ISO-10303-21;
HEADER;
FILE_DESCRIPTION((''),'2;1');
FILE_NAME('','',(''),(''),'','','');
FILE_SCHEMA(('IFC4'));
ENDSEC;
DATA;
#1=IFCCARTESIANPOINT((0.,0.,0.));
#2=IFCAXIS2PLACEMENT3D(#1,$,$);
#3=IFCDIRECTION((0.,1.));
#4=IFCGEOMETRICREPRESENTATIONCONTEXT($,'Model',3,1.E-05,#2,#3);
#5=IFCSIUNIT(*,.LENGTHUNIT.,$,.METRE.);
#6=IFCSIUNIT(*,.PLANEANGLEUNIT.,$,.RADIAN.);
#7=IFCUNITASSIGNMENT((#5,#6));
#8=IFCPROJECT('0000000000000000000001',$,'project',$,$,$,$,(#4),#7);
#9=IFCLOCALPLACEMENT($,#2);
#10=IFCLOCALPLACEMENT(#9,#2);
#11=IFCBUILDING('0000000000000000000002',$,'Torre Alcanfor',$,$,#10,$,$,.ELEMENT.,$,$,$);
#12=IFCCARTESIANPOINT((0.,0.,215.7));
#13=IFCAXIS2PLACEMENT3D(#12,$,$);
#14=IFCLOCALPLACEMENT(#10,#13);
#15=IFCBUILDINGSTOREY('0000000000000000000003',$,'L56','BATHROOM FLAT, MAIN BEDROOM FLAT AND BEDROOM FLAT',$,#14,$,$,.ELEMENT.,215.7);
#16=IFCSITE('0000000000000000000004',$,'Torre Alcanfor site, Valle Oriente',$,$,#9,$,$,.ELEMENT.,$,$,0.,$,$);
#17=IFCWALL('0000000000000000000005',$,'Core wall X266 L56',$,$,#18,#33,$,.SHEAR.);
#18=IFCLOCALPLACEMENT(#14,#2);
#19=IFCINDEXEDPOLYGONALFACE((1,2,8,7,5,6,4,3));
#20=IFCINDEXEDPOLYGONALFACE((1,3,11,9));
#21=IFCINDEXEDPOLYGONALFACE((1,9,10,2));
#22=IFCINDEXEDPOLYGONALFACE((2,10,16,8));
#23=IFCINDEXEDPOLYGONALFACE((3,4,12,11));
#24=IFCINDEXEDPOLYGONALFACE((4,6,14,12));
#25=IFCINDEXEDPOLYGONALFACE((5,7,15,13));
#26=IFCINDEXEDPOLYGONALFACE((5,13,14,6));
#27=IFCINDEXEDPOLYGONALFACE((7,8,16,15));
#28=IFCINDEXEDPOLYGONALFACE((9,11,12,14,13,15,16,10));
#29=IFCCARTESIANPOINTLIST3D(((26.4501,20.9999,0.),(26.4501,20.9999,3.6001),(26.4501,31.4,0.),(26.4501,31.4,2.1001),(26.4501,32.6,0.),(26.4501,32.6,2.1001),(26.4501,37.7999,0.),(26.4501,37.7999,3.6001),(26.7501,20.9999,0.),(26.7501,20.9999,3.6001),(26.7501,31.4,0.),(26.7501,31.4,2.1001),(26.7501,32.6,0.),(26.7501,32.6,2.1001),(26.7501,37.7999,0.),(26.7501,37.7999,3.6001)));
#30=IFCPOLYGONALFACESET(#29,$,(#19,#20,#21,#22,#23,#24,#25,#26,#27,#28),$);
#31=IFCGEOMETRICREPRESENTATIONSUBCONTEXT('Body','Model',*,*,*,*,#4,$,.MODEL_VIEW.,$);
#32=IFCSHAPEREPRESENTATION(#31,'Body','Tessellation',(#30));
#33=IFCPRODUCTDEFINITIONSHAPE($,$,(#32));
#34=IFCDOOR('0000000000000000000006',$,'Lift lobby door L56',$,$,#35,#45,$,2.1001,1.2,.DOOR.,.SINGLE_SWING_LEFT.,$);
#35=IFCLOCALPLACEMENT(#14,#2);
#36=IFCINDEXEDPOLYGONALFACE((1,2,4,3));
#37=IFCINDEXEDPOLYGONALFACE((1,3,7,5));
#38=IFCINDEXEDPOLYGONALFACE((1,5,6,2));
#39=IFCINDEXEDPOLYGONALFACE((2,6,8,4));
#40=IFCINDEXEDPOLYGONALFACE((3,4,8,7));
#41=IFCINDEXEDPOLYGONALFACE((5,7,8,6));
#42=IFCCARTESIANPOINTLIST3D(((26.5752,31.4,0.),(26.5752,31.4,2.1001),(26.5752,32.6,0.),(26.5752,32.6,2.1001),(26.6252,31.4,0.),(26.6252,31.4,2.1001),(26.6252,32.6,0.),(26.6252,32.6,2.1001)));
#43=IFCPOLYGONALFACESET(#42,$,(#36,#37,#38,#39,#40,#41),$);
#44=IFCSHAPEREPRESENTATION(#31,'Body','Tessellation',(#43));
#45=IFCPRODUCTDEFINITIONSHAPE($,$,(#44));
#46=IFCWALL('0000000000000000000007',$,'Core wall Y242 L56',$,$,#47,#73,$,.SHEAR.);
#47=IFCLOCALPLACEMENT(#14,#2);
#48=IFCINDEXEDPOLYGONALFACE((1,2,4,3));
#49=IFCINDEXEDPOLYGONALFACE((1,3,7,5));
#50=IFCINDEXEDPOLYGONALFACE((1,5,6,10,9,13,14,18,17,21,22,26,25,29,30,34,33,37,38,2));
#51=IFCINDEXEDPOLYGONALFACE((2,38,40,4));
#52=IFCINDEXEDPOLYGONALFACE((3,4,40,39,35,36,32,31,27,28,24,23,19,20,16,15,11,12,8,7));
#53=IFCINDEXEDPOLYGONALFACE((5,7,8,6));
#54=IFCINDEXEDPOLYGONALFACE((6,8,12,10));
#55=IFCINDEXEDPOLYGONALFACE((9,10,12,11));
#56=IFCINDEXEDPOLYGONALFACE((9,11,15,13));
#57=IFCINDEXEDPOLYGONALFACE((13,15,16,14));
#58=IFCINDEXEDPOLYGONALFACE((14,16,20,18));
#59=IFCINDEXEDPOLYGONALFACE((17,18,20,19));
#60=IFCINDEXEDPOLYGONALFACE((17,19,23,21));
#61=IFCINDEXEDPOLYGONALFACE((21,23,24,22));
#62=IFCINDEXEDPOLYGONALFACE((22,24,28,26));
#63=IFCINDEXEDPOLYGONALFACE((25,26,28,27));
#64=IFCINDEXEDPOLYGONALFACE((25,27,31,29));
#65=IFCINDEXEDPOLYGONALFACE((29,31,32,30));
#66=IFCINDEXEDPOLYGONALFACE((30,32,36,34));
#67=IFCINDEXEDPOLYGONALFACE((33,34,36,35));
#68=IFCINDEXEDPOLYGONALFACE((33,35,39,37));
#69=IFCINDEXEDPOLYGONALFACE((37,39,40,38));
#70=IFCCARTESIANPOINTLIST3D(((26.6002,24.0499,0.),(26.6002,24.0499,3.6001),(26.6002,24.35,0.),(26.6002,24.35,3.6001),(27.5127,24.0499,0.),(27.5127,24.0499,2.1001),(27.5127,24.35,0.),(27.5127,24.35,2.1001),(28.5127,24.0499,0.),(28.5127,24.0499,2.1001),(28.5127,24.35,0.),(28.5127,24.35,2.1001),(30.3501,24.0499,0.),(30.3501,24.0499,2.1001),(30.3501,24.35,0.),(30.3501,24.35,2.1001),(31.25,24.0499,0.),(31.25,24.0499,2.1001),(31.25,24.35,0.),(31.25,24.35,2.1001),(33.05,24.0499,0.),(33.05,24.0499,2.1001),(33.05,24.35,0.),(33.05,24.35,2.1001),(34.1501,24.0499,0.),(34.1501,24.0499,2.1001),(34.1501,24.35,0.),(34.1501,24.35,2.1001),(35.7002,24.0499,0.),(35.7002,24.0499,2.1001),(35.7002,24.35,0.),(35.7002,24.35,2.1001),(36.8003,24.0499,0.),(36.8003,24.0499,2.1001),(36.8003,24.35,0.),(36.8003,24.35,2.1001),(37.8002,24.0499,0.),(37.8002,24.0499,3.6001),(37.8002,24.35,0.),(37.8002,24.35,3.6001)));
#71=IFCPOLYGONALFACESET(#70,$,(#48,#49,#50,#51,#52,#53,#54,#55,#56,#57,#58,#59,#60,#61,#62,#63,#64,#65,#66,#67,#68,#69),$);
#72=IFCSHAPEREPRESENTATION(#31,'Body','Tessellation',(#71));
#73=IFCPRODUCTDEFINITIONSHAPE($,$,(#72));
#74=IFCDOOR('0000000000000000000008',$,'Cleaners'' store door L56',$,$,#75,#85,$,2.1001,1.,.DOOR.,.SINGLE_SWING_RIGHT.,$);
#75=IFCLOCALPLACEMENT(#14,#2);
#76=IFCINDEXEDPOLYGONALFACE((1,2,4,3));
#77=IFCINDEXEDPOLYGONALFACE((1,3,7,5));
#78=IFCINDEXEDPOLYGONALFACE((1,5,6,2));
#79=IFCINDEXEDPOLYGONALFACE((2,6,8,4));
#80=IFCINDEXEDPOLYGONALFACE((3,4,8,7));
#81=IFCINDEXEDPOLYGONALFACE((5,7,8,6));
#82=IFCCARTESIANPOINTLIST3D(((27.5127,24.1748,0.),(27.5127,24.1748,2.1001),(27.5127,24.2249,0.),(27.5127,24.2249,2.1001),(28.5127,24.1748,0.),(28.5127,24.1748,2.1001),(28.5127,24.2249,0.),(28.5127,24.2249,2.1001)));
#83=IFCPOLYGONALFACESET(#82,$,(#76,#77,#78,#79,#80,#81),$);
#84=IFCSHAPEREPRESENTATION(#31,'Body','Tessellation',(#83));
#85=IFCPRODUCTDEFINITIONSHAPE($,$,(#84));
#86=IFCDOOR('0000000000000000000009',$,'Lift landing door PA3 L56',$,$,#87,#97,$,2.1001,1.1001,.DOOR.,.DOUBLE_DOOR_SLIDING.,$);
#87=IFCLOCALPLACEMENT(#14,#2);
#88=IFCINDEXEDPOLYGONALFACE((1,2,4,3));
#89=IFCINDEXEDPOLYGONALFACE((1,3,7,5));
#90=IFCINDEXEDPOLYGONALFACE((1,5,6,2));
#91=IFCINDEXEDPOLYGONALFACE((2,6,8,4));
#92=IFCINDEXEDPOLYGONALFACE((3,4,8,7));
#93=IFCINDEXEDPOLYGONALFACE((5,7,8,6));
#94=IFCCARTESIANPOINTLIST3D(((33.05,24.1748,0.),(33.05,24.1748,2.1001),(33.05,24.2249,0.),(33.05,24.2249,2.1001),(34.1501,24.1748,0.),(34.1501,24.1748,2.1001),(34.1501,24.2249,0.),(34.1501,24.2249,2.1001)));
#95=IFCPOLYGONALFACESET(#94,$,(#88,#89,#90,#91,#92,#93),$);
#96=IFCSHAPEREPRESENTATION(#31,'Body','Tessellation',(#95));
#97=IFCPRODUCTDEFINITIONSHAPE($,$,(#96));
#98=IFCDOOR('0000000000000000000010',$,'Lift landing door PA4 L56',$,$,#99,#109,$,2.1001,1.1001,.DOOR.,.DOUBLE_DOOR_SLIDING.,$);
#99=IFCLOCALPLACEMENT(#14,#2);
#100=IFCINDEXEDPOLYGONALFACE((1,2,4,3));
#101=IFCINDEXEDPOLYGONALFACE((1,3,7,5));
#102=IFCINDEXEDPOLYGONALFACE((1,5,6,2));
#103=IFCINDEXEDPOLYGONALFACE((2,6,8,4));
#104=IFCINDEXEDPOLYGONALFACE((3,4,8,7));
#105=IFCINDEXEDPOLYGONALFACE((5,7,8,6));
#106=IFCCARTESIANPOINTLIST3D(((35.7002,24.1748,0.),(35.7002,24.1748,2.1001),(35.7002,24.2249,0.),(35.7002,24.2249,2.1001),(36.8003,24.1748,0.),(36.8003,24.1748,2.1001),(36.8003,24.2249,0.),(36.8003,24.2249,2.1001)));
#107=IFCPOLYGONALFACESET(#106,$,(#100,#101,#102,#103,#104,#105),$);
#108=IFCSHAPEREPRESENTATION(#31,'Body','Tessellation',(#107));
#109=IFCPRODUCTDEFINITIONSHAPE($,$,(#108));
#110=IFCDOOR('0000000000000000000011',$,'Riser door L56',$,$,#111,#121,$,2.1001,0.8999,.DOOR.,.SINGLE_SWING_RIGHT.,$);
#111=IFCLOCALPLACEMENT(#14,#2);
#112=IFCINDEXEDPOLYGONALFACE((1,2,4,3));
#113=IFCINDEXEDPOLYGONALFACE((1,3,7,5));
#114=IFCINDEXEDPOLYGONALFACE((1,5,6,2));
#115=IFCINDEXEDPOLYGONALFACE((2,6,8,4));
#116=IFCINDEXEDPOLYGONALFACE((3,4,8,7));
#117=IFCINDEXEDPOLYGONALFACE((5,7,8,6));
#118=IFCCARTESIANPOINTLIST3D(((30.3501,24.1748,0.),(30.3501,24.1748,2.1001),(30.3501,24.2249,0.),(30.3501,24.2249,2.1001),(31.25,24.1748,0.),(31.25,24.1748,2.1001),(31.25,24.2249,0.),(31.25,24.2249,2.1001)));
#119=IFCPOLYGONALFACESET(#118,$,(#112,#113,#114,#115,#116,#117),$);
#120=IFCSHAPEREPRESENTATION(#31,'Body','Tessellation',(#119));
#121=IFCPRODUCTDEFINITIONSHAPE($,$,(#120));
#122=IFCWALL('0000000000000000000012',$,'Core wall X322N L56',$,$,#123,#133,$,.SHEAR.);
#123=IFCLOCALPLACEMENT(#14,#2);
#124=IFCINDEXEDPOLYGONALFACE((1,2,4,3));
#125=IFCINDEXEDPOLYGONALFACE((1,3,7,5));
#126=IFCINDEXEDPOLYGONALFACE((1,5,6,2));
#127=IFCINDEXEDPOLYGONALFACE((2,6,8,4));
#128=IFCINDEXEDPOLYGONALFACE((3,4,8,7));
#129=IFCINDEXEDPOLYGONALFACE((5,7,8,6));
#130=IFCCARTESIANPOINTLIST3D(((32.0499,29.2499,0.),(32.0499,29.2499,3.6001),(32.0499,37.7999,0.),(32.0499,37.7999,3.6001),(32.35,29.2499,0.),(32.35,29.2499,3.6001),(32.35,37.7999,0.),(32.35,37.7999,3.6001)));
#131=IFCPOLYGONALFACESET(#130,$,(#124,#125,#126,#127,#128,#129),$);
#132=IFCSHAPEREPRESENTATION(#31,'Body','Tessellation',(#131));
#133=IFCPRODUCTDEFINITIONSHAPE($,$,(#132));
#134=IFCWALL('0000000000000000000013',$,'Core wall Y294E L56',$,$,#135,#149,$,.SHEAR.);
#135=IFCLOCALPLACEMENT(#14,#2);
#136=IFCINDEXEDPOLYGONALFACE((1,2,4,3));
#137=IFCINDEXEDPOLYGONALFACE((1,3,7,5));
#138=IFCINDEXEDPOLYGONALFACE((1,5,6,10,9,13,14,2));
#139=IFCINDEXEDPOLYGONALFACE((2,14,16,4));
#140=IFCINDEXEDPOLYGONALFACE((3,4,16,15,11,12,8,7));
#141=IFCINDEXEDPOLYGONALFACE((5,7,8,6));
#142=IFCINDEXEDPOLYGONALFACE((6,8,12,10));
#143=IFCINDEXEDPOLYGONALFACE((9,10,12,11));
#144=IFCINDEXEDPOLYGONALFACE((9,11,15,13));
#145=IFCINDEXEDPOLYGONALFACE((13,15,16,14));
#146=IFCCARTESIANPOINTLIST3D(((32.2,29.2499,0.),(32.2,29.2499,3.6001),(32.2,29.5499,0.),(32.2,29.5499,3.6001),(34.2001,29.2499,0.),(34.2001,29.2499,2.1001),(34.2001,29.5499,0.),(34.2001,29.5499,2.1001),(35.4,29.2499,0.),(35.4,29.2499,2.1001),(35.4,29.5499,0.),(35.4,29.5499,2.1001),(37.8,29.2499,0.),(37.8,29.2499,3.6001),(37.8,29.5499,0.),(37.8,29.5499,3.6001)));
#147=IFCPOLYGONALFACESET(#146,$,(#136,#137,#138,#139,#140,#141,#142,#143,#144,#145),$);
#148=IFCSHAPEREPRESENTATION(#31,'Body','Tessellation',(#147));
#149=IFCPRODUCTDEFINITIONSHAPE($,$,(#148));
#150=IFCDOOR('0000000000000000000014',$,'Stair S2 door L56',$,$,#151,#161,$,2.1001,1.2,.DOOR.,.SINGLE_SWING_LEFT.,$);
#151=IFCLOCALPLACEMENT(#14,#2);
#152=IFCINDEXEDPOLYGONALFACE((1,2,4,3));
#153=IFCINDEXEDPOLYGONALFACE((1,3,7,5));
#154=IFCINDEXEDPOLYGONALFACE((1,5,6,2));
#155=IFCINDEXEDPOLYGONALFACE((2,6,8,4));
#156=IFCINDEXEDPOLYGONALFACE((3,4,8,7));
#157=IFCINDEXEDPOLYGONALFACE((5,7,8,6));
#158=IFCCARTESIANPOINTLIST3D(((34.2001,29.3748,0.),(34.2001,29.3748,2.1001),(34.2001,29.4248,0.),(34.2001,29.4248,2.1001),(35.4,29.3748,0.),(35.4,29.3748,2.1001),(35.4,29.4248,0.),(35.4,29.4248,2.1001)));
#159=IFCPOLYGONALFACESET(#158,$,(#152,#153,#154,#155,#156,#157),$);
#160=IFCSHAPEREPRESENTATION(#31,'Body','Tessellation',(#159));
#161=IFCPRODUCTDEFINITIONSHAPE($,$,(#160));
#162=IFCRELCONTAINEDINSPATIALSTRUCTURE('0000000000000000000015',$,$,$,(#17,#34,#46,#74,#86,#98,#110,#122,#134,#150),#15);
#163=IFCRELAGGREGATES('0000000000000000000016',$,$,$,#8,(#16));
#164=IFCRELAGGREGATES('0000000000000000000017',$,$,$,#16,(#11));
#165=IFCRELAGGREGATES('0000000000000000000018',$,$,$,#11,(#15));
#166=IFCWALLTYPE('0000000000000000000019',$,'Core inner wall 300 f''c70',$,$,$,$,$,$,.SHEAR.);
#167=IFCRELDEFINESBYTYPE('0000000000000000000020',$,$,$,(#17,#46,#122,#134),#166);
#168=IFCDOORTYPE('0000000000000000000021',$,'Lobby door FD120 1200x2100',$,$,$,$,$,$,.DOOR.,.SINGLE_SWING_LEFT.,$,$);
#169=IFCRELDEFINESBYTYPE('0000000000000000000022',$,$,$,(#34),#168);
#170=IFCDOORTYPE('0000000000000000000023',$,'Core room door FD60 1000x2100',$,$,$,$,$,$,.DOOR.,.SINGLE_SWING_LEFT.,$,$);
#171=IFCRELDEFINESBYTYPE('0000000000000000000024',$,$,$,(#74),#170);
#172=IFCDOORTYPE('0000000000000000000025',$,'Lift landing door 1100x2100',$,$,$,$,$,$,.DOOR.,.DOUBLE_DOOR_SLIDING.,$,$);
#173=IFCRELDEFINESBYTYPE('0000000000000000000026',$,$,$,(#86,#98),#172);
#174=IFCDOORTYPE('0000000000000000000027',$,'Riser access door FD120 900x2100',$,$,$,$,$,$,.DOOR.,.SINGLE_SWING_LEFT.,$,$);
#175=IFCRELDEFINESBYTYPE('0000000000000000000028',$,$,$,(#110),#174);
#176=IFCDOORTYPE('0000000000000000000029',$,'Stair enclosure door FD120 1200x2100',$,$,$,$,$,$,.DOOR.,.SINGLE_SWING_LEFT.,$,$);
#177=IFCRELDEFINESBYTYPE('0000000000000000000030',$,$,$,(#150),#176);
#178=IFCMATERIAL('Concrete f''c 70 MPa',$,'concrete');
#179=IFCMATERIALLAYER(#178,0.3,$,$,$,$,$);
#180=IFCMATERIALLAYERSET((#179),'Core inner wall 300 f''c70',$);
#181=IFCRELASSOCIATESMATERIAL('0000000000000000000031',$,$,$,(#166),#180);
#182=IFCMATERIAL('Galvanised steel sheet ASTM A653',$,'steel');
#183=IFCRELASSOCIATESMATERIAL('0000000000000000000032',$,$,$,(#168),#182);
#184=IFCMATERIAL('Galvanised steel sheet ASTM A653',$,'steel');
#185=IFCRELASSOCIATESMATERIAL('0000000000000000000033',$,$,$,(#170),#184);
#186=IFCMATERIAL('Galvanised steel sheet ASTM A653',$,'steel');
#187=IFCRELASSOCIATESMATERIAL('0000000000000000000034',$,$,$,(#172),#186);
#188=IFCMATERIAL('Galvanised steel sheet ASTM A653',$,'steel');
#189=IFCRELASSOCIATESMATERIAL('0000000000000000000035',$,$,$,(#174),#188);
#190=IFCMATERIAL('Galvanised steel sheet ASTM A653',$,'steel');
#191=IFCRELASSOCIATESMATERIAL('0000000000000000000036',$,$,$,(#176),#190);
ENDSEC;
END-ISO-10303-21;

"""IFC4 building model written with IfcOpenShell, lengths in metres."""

from ifc_helpers import new_model, si_unit, direction, frame, frame_2d, origin, place, context, subcontext, project, spatial, rectangle, extrude, material, layer, layer_set, type_object, element, fill, save


model = new_model("IFC4")

# Units and contexts
model_context = context("Model", 3, precision=1e-05, world=origin(), true_north=direction((0.0, 1.0)))
body_context = subcontext(model_context, "Body", "Model", "MODEL_VIEW")
ifc_project = project(units=[si_unit("LENGTHUNIT", "METRE"), si_unit("PLANEANGLEUNIT", "RADIAN")], contexts=[model_context])

# Site, building, storey
site_placement = place(None, origin())
site = spatial("IfcSite", under=ifc_project, at=site_placement, Name="Torre Alcanfor site, Valle Oriente", CompositionType="ELEMENT", RefElevation=0.0)
building_placement = place(site_placement, origin())
building = spatial("IfcBuilding", under=site, at=building_placement, Name="Torre Alcanfor", CompositionType="ELEMENT")
storey_placement = place(building_placement, frame((0.0, 0.0, 215.7)))
storey = spatial("IfcBuildingStorey", under=building, at=storey_placement, Name="L56", Description="BATHROOM FLAT, MAIN BEDROOM FLAT AND BEDROOM FLAT", CompositionType="ELEMENT", Elevation=215.7)

# Wall, opening, door
ifc_material_1 = material(Name="Concrete f'c 70 MPa", Category="concrete")
ifc_layer_1 = layer(ifc_material_1, 0.3)
ifc_layer_set_1 = layer_set([ifc_layer_1], Name="Core inner wall 300 f'c70")
wall_type_1 = type_object("IfcWallType", Name="Core inner wall 300 f'c70", PredefinedType="SHEAR", material=ifc_layer_set_1)
wall_1_placement = place(storey_placement, frame((26.6001, 21.0, 0.0), z_axis=(0.0, 0.0, 1.0), x_axis=(0.0, 1.0, 0.0)))
wall_1 = element("IfcWall", 1, at=wall_1_placement, inside=storey, type_object=wall_type_1, Name="Core wall X266 L56", PredefinedType="SHEAR", context=body_context, shape_type="SweptSolid", body=[
    extrude(rectangle(XDim=16.8, YDim=0.3, at=frame_2d((8.3999, 0.0))), origin(), (0.0, 0.0, 1.0), 3.6001),
])
opening_1_placement = place(wall_1_placement, frame((10.3999, 0.0, 0.0)))
opening_1 = element("IfcOpeningElement", 2, at=opening_1_placement, cuts=wall_1, PredefinedType="OPENING", context=body_context, shape_type="SweptSolid", body=[
    extrude(rectangle(XDim=1.2, YDim=2.1001, at=frame_2d((0.6001, 1.05))), frame((0.0, 0.1599, 0.0), z_axis=(0.0, -1.0, 0.0), x_axis=(1.0, 0.0, 0.0)), (0.0, 0.0, 1.0), 0.3201),
])
ifc_material_2 = material(Name="Galvanised steel sheet ASTM A653", Category="steel")
door_type_1 = type_object("IfcDoorType", Name="Lobby door FD120 1200x2100", OperationType="SINGLE_SWING_LEFT", PredefinedType="DOOR", material=ifc_material_2)
door_1_placement = place(opening_1_placement, origin())
door_1 = element("IfcDoor", 3, at=door_1_placement, inside=storey, type_object=door_type_1, Name="Lift lobby door L56", OperationType="SINGLE_SWING_LEFT", OverallHeight=2.1001, OverallWidth=1.2, PredefinedType="DOOR", context=body_context, shape_type="SweptSolid", body=[
    extrude(rectangle(XDim=1.2, YDim=2.1001, at=frame_2d((0.6001, 1.05))), frame((0.0, 0.0249, 0.0), z_axis=(0.0, -1.0, 0.0), x_axis=(1.0, 0.0, 0.0)), (0.0, 0.0, 1.0), 0.05),
])
fill(opening_1, door_1)

# Wall, openings, doors
wall_2_placement = place(storey_placement, frame((26.6001, 24.2, 0.0), z_axis=(0.0, 0.0, 1.0), x_axis=(1.0, 0.0, 0.0)))
wall_2 = element("IfcWall", 4, at=wall_2_placement, inside=storey, type_object=wall_type_1, Name="Core wall Y242 L56", PredefinedType="SHEAR", context=body_context, shape_type="SweptSolid", body=[
    extrude(rectangle(XDim=11.2, YDim=0.3, at=frame_2d((5.6001, 0.0))), origin(), (0.0, 0.0, 1.0), 3.6001),
])
opening_2_placement = place(wall_2_placement, frame((0.9126, 0.0, 0.0)))
opening_2 = element("IfcOpeningElement", 5, at=opening_2_placement, cuts=wall_2, PredefinedType="OPENING", context=body_context, shape_type="SweptSolid", body=[
    extrude(rectangle(XDim=1.0, YDim=2.1001, at=frame_2d((0.5, 1.05))), frame((0.0, 0.1599, 0.0), z_axis=(0.0, -1.0, 0.0), x_axis=(1.0, 0.0, 0.0)), (0.0, 0.0, 1.0), 0.3201),
])
opening_3_placement = place(wall_2_placement, frame((3.75, 0.0, 0.0)))
opening_3 = element("IfcOpeningElement", 6, at=opening_3_placement, cuts=wall_2, PredefinedType="OPENING", context=body_context, shape_type="SweptSolid", body=[
    extrude(rectangle(XDim=0.8999, YDim=2.1001, at=frame_2d((0.45, 1.05))), frame((0.0, 0.1599, 0.0), z_axis=(0.0, -1.0, 0.0), x_axis=(1.0, 0.0, 0.0)), (0.0, 0.0, 1.0), 0.3201),
])
opening_4_placement = place(wall_2_placement, frame((6.45, 0.0, 0.0)))
opening_4 = element("IfcOpeningElement", 7, at=opening_4_placement, cuts=wall_2, PredefinedType="OPENING", context=body_context, shape_type="SweptSolid", body=[
    extrude(rectangle(XDim=1.1001, YDim=2.1001, at=frame_2d((0.55, 1.05))), frame((0.0, 0.1599, 0.0), z_axis=(0.0, -1.0, 0.0), x_axis=(1.0, 0.0, 0.0)), (0.0, 0.0, 1.0), 0.3201),
])
opening_5_placement = place(wall_2_placement, frame((9.1001, 0.0, 0.0)))
opening_5 = element("IfcOpeningElement", 8, at=opening_5_placement, cuts=wall_2, PredefinedType="OPENING", context=body_context, shape_type="SweptSolid", body=[
    extrude(rectangle(XDim=1.1001, YDim=2.1001, at=frame_2d((0.55, 1.05))), frame((0.0, 0.1599, 0.0), z_axis=(0.0, -1.0, 0.0), x_axis=(1.0, 0.0, 0.0)), (0.0, 0.0, 1.0), 0.3201),
])
ifc_material_3 = material(Name="Galvanised steel sheet ASTM A653", Category="steel")
door_type_2 = type_object("IfcDoorType", Name="Core room door FD60 1000x2100", OperationType="SINGLE_SWING_LEFT", PredefinedType="DOOR", material=ifc_material_3)
door_2_placement = place(opening_2_placement, frame((1.0, 0.0, 0.0), z_axis=(0.0, 0.0, 1.0), x_axis=(-1.0, 0.0, 0.0)))
door_2 = element("IfcDoor", 9, at=door_2_placement, inside=storey, type_object=door_type_2, Name="Cleaners' store door L56", OperationType="SINGLE_SWING_RIGHT", OverallHeight=2.1001, OverallWidth=1.0, PredefinedType="DOOR", context=body_context, shape_type="SweptSolid", body=[
    extrude(rectangle(XDim=1.0, YDim=2.1001, at=frame_2d((0.5, 1.05))), frame((0.0, 0.0251, 0.0), z_axis=(0.0, -1.0, 0.0), x_axis=(1.0, 0.0, 0.0)), (0.0, 0.0, 1.0), 0.05),
])
fill(opening_2, door_2)
ifc_material_4 = material(Name="Galvanised steel sheet ASTM A653", Category="steel")
door_type_3 = type_object("IfcDoorType", Name="Lift landing door 1100x2100", OperationType="DOUBLE_DOOR_SLIDING", PredefinedType="DOOR", material=ifc_material_4)
door_3_placement = place(opening_4_placement, origin())
door_3 = element("IfcDoor", 10, at=door_3_placement, inside=storey, type_object=door_type_3, Name="Lift landing door PA3 L56", OperationType="DOUBLE_DOOR_SLIDING", OverallHeight=2.1001, OverallWidth=1.1001, PredefinedType="DOOR", context=body_context, shape_type="SweptSolid", body=[
    extrude(rectangle(XDim=1.1001, YDim=2.1001, at=frame_2d((0.55, 1.05))), frame((0.0, 0.0249, 0.0), z_axis=(0.0, -1.0, 0.0), x_axis=(1.0, 0.0, 0.0)), (0.0, 0.0, 1.0), 0.05),
])
fill(opening_4, door_3)
door_4_placement = place(opening_5_placement, origin())
door_4 = element("IfcDoor", 11, at=door_4_placement, inside=storey, type_object=door_type_3, Name="Lift landing door PA4 L56", OperationType="DOUBLE_DOOR_SLIDING", OverallHeight=2.1001, OverallWidth=1.1001, PredefinedType="DOOR", context=body_context, shape_type="SweptSolid", body=[
    extrude(rectangle(XDim=1.1001, YDim=2.1001, at=frame_2d((0.55, 1.05))), frame((0.0, 0.0249, 0.0), z_axis=(0.0, -1.0, 0.0), x_axis=(1.0, 0.0, 0.0)), (0.0, 0.0, 1.0), 0.05),
])
fill(opening_5, door_4)
ifc_material_5 = material(Name="Galvanised steel sheet ASTM A653", Category="steel")
door_type_4 = type_object("IfcDoorType", Name="Riser access door FD120 900x2100", OperationType="SINGLE_SWING_LEFT", PredefinedType="DOOR", material=ifc_material_5)
door_5_placement = place(opening_3_placement, frame((0.8999, 0.0, 0.0), z_axis=(0.0, 0.0, 1.0), x_axis=(-1.0, 0.0, 0.0)))
door_5 = element("IfcDoor", 12, at=door_5_placement, inside=storey, type_object=door_type_4, Name="Riser door L56", OperationType="SINGLE_SWING_RIGHT", OverallHeight=2.1001, OverallWidth=0.8999, PredefinedType="DOOR", context=body_context, shape_type="SweptSolid", body=[
    extrude(rectangle(XDim=0.8999, YDim=2.1001, at=frame_2d((0.45, 1.05))), frame((0.0, 0.0251, 0.0), z_axis=(0.0, -1.0, 0.0), x_axis=(1.0, 0.0, 0.0)), (0.0, 0.0, 1.0), 0.05),
])
fill(opening_3, door_5)

# Wall
wall_3_placement = place(storey_placement, frame((32.2, 29.25, 0.0), z_axis=(0.0, 0.0, 1.0), x_axis=(0.0, 1.0, 0.0)))
element("IfcWall", 13, at=wall_3_placement, inside=storey, type_object=wall_type_1, Name="Core wall X322N L56", PredefinedType="SHEAR", context=body_context, shape_type="SweptSolid", body=[
    extrude(rectangle(XDim=8.55, YDim=0.3, at=frame_2d((4.2749, 0.0))), origin(), (0.0, 0.0, 1.0), 3.6001),
])

# Wall, opening, door
wall_4_placement = place(storey_placement, frame((32.2, 29.3999, 0.0), z_axis=(0.0, 0.0, 1.0), x_axis=(1.0, 0.0, 0.0)))
wall_4 = element("IfcWall", 14, at=wall_4_placement, inside=storey, type_object=wall_type_1, Name="Core wall Y294E L56", PredefinedType="SHEAR", context=body_context, shape_type="SweptSolid", body=[
    extrude(rectangle(XDim=5.6001, YDim=0.3, at=frame_2d((2.8, 0.0))), origin(), (0.0, 0.0, 1.0), 3.6001),
])
opening_6_placement = place(wall_4_placement, frame((2.0, 0.0, 0.0)))
opening_6 = element("IfcOpeningElement", 15, at=opening_6_placement, cuts=wall_4, PredefinedType="OPENING", context=body_context, shape_type="SweptSolid", body=[
    extrude(rectangle(XDim=1.2, YDim=2.1001, at=frame_2d((0.6001, 1.05))), frame((0.0, 0.1599, 0.0), z_axis=(0.0, -1.0, 0.0), x_axis=(1.0, 0.0, 0.0)), (0.0, 0.0, 1.0), 0.3201),
])
ifc_material_6 = material(Name="Galvanised steel sheet ASTM A653", Category="steel")
door_type_5 = type_object("IfcDoorType", Name="Stair enclosure door FD120 1200x2100", OperationType="SINGLE_SWING_LEFT", PredefinedType="DOOR", material=ifc_material_6)
door_6_placement = place(opening_6_placement, origin())
door_6 = element("IfcDoor", 16, at=door_6_placement, inside=storey, type_object=door_type_5, Name="Stair S2 door L56", OperationType="SINGLE_SWING_LEFT", OverallHeight=2.1001, OverallWidth=1.2, PredefinedType="DOOR", context=body_context, shape_type="SweptSolid", body=[
    extrude(rectangle(XDim=1.2, YDim=2.1001, at=frame_2d((0.6001, 1.05))), frame((0.0, 0.0249, 0.0), z_axis=(0.0, -1.0, 0.0), x_axis=(1.0, 0.0, 0.0)), (0.0, 0.0, 1.0), 0.05),
])
fill(opening_6, door_6)

save(model, "model.ifc")
